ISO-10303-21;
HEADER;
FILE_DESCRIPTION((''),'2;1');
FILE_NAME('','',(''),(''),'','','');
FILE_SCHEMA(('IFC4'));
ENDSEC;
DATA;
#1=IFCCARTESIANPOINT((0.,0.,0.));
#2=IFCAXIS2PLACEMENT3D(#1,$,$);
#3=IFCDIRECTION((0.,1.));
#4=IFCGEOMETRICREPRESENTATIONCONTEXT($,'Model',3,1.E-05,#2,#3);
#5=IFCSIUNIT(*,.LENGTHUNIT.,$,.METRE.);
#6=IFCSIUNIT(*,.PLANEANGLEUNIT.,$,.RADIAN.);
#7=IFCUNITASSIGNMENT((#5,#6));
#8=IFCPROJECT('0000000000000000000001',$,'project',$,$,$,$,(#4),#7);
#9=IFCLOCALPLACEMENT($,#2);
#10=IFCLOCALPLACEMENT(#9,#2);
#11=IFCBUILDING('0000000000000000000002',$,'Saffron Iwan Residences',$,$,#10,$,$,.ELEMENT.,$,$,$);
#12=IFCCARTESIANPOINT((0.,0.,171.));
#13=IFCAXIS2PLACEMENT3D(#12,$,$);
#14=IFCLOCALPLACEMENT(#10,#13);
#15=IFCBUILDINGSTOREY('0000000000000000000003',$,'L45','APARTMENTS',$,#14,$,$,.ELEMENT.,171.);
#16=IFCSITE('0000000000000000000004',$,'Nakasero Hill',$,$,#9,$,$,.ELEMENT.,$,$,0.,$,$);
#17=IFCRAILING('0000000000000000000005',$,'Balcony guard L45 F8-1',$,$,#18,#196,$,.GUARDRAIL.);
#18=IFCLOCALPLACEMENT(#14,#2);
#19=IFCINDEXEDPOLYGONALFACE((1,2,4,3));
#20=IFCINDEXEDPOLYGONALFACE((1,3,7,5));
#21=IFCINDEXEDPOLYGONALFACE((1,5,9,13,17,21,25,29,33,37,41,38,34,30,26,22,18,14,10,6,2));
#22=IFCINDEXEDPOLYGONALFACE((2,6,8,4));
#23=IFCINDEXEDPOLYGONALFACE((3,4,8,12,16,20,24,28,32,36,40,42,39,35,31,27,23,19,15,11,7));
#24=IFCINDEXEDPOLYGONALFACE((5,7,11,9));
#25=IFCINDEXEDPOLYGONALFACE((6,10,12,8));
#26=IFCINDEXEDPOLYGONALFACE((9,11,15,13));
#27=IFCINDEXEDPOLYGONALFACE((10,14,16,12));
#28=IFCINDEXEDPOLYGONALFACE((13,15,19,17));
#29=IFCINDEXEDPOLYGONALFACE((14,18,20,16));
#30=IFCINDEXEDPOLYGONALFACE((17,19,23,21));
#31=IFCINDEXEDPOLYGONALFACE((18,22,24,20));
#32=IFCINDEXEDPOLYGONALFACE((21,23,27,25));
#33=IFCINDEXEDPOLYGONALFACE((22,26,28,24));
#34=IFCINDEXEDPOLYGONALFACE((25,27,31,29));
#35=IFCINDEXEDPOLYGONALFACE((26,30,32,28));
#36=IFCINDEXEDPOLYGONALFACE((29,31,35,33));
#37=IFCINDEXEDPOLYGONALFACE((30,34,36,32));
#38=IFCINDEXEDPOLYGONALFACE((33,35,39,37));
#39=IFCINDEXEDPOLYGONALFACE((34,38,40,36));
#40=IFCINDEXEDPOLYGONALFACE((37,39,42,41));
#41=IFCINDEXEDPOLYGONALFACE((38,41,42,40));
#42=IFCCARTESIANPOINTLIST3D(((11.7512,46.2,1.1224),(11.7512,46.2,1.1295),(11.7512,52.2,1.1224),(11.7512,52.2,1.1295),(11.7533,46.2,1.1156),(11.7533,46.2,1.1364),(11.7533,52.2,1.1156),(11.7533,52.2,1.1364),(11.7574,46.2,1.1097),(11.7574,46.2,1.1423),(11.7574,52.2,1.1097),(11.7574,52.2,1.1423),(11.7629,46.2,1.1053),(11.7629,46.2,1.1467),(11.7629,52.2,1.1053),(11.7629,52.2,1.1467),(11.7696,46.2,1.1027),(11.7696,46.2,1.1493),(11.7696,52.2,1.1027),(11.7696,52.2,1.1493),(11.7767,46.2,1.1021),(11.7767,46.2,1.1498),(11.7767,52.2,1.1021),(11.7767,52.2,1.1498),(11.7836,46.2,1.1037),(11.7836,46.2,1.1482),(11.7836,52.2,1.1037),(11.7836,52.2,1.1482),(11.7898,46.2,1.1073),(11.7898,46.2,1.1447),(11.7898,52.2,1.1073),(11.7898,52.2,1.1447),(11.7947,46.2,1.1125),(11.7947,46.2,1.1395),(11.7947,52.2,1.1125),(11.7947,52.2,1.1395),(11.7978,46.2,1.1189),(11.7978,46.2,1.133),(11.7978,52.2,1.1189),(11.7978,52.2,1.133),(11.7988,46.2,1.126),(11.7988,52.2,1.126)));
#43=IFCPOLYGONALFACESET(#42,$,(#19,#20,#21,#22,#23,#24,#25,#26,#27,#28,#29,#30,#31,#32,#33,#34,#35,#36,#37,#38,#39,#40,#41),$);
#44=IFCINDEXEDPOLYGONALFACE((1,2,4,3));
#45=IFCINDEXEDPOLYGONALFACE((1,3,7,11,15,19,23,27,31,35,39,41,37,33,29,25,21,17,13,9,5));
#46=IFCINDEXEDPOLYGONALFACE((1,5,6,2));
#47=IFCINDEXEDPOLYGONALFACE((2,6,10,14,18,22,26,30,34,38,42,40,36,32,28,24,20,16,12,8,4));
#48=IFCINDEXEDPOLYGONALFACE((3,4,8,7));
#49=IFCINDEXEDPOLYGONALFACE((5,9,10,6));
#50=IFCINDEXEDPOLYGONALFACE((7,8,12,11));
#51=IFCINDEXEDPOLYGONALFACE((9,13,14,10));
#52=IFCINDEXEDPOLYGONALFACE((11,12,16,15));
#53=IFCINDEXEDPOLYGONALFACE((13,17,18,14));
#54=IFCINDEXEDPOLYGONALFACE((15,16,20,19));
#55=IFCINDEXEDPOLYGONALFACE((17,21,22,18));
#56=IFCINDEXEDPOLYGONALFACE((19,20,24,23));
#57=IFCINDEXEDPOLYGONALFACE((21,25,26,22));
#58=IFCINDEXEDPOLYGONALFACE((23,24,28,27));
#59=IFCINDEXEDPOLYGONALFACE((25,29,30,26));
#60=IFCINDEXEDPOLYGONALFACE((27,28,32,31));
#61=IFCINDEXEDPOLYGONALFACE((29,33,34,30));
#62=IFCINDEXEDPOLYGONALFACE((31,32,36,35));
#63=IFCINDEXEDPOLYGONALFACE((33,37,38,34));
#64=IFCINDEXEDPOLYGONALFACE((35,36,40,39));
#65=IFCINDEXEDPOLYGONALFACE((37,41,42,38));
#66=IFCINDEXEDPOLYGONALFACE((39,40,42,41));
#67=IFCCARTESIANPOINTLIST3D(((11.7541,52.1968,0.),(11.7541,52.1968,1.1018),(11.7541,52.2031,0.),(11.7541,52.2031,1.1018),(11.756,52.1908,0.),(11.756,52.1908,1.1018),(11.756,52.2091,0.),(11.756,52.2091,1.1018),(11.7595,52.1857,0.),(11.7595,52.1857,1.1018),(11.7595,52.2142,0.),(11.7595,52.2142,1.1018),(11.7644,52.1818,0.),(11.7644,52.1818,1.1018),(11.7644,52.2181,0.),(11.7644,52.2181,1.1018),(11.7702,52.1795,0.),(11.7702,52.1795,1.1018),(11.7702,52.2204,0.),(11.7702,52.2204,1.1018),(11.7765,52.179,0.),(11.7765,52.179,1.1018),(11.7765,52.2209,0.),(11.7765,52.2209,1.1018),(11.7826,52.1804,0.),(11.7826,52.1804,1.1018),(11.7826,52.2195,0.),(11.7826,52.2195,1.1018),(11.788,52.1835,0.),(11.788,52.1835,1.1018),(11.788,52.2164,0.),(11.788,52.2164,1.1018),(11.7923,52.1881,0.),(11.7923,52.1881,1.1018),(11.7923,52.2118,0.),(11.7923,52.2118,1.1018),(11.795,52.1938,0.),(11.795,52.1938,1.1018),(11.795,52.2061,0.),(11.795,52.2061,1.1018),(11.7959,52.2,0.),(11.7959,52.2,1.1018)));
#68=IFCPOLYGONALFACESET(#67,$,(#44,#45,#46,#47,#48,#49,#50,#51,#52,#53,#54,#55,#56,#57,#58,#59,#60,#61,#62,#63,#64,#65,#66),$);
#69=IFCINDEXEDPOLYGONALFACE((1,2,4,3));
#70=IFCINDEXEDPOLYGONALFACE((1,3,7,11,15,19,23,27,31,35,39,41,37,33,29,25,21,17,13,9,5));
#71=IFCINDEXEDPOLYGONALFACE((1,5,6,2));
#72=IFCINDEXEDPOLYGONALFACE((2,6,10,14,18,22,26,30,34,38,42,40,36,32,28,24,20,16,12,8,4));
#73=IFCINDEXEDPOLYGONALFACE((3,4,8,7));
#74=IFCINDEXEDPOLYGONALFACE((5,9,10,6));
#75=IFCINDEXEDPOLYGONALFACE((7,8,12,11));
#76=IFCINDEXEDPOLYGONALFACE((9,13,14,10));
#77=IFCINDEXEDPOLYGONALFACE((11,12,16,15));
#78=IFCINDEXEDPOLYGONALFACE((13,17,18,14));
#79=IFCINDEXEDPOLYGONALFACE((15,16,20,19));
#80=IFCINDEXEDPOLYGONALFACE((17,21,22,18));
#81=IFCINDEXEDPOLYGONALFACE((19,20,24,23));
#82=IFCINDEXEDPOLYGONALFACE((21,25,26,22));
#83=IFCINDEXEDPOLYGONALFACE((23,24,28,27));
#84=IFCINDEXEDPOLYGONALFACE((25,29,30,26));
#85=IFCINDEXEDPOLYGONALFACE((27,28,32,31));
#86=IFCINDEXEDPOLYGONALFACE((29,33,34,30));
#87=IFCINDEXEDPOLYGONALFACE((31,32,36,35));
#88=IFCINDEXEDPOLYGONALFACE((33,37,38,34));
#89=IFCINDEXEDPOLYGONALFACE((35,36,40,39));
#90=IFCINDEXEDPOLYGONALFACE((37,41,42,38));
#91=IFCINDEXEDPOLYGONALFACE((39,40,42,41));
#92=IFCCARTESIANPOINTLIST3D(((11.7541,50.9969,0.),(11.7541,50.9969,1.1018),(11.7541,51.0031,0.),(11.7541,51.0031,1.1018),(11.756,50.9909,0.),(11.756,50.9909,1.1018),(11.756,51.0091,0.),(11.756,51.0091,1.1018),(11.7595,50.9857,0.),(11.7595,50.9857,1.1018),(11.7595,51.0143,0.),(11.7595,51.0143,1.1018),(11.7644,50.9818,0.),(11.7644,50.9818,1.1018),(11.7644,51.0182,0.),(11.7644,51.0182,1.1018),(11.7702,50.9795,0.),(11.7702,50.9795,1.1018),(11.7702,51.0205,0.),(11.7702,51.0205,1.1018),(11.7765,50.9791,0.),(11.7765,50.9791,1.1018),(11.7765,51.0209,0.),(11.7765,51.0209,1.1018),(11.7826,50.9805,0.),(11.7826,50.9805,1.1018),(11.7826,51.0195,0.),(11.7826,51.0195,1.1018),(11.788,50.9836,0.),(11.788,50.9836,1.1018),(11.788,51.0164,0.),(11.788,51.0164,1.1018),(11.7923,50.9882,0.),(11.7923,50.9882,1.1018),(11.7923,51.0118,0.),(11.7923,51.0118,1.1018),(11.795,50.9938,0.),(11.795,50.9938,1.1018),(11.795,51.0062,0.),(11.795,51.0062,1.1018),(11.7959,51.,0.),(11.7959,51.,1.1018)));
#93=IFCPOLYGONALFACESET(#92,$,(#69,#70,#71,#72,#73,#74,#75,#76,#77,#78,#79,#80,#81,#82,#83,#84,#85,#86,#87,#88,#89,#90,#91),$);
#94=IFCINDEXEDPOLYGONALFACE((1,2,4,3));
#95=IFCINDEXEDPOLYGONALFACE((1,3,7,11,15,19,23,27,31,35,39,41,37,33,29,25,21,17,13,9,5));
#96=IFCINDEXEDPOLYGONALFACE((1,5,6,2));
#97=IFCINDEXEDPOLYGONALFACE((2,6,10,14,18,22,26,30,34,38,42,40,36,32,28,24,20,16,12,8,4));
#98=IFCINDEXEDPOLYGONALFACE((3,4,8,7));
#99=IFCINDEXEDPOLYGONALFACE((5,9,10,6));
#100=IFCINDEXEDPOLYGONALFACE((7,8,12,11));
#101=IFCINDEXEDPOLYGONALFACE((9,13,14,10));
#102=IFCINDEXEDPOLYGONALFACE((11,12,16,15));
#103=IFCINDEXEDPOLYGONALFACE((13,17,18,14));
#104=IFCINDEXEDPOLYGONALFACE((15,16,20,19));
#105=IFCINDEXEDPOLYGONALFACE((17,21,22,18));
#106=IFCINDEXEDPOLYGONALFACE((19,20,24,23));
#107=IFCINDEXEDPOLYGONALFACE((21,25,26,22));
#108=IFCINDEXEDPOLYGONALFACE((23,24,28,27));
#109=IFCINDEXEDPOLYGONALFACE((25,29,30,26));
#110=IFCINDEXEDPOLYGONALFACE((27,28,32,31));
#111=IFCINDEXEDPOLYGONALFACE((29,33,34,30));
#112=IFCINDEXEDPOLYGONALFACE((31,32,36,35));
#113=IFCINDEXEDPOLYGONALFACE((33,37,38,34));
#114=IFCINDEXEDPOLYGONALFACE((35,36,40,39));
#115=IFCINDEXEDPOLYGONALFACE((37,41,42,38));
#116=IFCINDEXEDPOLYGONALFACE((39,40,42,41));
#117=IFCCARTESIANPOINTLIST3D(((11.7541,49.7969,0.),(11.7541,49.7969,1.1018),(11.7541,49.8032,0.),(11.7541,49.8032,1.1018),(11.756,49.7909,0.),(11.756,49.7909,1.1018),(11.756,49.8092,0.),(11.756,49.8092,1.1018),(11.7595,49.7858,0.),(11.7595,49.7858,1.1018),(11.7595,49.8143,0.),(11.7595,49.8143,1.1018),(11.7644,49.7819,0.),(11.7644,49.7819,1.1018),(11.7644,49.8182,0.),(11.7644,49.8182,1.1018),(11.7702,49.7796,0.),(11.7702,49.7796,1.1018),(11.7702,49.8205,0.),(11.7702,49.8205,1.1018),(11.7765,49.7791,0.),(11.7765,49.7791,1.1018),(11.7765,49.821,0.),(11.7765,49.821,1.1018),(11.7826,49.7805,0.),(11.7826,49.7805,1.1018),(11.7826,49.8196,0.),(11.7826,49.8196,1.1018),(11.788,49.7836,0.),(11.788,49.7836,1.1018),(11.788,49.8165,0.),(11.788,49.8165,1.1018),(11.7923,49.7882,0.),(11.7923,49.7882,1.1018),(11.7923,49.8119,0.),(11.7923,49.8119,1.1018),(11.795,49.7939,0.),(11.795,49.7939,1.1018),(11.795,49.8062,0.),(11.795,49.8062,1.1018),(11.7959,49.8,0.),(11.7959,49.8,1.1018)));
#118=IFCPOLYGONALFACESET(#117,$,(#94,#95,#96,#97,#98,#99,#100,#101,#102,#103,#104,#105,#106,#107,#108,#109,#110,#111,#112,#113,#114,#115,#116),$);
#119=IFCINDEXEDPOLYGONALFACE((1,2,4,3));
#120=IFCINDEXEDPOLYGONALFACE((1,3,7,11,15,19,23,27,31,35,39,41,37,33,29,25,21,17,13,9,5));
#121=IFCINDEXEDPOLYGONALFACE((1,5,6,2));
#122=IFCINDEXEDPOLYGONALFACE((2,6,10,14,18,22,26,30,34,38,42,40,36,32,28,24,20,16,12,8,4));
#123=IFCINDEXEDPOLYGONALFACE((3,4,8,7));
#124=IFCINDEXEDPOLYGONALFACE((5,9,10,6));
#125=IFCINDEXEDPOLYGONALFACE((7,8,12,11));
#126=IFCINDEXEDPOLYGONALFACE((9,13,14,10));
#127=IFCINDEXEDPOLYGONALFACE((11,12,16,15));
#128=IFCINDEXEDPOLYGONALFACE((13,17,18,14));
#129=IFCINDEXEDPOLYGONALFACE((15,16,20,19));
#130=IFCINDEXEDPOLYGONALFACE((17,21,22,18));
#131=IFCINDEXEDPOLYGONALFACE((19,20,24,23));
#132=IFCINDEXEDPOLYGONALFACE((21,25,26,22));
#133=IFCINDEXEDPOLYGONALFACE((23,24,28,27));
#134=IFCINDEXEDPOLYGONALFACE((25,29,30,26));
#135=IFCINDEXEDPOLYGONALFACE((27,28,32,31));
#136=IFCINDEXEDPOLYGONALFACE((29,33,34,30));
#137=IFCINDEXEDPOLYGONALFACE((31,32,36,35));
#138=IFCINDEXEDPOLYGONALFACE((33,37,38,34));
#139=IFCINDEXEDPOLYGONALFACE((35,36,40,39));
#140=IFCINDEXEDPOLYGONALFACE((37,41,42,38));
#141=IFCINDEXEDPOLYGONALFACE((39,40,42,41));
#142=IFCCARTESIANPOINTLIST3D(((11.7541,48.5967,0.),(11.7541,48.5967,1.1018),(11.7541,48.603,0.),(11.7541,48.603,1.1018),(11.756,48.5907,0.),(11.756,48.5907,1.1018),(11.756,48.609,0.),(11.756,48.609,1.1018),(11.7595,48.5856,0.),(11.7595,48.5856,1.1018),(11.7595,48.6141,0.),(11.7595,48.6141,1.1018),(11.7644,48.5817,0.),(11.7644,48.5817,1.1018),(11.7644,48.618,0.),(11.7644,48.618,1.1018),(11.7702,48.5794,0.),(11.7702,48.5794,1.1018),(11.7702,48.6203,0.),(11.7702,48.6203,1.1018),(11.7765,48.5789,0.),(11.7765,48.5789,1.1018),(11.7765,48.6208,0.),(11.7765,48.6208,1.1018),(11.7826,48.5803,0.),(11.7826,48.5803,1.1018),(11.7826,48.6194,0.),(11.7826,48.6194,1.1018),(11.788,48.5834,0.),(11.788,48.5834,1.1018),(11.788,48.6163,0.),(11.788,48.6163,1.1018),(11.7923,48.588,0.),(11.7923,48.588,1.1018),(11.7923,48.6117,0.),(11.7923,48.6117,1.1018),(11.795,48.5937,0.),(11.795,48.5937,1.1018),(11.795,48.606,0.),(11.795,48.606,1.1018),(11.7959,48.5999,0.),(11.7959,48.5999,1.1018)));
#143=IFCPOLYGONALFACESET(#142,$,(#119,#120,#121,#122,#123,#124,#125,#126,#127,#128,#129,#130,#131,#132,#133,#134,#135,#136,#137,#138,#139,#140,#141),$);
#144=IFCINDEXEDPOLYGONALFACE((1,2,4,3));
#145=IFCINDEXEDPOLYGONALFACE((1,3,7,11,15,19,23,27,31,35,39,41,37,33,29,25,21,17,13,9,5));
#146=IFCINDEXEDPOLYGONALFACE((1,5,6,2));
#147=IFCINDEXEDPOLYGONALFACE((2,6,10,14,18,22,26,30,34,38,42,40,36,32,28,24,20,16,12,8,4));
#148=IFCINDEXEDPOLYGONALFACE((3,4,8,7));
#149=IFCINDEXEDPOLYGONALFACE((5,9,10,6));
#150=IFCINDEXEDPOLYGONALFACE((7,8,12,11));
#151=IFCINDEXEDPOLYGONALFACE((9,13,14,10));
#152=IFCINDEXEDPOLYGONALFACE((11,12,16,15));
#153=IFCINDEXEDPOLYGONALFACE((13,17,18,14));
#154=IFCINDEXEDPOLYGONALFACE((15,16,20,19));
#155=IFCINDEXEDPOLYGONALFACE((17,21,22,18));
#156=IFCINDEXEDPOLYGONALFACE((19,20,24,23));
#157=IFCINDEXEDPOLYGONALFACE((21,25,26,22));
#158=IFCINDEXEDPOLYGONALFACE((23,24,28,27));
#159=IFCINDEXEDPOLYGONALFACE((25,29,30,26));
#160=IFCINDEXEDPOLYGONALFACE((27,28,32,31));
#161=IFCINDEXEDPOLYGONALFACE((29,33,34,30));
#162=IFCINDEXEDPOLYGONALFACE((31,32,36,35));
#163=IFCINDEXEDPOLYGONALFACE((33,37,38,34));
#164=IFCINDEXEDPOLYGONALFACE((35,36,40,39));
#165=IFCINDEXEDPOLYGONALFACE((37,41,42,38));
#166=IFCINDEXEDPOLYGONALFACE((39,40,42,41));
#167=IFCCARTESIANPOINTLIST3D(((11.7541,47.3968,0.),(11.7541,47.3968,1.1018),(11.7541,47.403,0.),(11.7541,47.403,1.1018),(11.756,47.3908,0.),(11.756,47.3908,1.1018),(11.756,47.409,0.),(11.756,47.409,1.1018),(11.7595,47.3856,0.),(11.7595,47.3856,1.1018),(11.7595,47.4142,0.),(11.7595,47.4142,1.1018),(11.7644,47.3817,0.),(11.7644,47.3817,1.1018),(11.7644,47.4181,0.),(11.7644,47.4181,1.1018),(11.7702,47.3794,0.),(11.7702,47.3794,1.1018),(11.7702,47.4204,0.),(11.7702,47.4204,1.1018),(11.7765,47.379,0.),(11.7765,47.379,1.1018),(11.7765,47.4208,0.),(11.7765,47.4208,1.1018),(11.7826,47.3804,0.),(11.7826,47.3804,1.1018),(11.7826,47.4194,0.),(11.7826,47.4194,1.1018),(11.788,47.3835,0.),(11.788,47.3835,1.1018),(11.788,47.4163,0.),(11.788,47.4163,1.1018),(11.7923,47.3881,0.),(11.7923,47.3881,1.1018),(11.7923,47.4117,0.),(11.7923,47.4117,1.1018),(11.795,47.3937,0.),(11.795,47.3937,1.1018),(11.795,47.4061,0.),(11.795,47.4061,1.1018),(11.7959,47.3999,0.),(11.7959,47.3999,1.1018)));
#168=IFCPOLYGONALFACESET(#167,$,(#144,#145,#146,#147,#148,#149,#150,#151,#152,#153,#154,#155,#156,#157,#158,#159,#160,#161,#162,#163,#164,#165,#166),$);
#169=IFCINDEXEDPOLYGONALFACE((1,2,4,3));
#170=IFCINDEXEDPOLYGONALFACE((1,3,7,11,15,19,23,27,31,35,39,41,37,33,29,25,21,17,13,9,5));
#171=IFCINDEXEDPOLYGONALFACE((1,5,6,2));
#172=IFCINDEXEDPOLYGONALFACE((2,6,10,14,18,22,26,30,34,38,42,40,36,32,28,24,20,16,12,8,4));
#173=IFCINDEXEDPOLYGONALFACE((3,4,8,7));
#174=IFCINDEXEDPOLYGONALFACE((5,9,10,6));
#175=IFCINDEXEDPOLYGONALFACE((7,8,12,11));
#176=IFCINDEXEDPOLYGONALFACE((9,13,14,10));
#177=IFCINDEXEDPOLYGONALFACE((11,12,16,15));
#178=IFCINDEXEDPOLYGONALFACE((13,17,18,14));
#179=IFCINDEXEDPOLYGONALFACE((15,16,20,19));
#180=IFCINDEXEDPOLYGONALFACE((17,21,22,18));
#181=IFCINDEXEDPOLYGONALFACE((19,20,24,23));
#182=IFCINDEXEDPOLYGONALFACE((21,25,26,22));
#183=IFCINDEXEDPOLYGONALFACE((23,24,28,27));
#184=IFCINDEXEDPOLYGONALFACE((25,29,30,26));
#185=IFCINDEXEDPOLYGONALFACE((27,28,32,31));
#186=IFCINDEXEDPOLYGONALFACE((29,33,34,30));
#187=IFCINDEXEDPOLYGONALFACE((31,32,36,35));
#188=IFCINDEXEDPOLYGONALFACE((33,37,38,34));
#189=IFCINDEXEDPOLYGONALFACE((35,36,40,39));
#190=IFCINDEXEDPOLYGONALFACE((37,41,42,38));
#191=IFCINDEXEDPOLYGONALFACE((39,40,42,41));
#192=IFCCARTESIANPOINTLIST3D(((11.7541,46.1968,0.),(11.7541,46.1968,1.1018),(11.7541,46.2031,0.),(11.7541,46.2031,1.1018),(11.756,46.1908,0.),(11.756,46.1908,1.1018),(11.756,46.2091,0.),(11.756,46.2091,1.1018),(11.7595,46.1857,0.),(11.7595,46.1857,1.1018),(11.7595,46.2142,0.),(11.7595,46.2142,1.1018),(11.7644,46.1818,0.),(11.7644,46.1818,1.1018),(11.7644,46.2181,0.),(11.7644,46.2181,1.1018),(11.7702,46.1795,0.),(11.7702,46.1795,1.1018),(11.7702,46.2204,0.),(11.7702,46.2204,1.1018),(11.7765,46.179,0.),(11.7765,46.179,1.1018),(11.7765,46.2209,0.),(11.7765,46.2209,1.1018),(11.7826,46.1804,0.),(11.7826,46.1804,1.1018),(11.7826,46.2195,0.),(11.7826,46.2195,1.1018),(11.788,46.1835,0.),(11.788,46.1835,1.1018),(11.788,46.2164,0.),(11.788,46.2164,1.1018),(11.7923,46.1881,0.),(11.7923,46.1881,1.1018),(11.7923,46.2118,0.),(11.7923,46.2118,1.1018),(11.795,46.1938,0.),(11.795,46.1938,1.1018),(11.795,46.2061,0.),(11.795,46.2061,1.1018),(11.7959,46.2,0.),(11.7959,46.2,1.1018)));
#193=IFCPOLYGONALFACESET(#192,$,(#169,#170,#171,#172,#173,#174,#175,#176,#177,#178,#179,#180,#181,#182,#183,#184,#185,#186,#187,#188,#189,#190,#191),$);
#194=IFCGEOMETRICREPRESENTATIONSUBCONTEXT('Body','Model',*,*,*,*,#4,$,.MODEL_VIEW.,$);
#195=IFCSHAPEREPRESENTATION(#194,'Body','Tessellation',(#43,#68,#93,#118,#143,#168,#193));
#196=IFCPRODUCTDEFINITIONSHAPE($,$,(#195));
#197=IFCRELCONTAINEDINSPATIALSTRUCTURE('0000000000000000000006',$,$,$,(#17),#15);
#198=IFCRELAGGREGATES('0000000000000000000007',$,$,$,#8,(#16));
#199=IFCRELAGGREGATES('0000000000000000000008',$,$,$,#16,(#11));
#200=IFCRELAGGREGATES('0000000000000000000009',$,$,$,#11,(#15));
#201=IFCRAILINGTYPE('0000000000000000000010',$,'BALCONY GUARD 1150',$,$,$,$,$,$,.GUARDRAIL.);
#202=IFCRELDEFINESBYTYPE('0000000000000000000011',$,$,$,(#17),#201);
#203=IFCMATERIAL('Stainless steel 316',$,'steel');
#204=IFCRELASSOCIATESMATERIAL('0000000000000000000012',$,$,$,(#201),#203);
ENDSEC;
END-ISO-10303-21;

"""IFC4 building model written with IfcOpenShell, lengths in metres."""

from ifc_helpers import new_model, si_unit, direction, frame, origin, origin_2d, place, context, subcontext, project, spatial, circle, extrude, material, type_object, element, save


model = new_model("IFC4")

# Units and contexts
model_context = context("Model", 3, precision=1e-05, world=origin(), true_north=direction((0.0, 1.0)))
body_context = subcontext(model_context, "Body", "Model", "MODEL_VIEW")
ifc_project = project(units=[si_unit("LENGTHUNIT", "METRE"), si_unit("PLANEANGLEUNIT", "RADIAN")], contexts=[model_context])

# Site, building, storey
site_placement = place(None, origin())
site = spatial("IfcSite", under=ifc_project, at=site_placement, Name="Nakasero Hill", CompositionType="ELEMENT", RefElevation=0.0)
building_placement = place(site_placement, origin())
building = spatial("IfcBuilding", under=site, at=building_placement, Name="Saffron Iwan Residences", CompositionType="ELEMENT")
storey_placement = place(building_placement, frame((0.0, 0.0, 171.0)))
storey = spatial("IfcBuildingStorey", under=building, at=storey_placement, Name="L45", Description="APARTMENTS", CompositionType="ELEMENT", Elevation=171.0)

# Railing
ifc_material_1 = material(Name="Stainless steel 316", Category="steel")
railing_type = type_object("IfcRailingType", Name="BALCONY GUARD 1150", PredefinedType="GUARDRAIL", material=ifc_material_1)
for number, where, name in (
    (1, (11.7749, 52.2, 0.0), "Balcony guard L45 F8-1"),
):
    element("IfcRailing", number, at=place(storey_placement, frame(where)), inside=storey, type_object=railing_type, Name=name, PredefinedType="GUARDRAIL", context=body_context, shape_type="SweptSolid", body=[
        extrude(circle(Radius=0.0239, at=origin_2d()), frame((0.0, 0.0, 1.126), z_axis=(0.0, -1.0, 0.0), x_axis=(1.0, 0.0, 0.0)), (0.0, 0.0, 1.0), 6.0),
        extrude(circle(Radius=0.021, at=origin_2d()), origin(), (0.0, 0.0, 1.0), 1.1018),
        extrude(circle(Radius=0.021, at=origin_2d()), frame((0.0, -1.2, 0.0)), (0.0, 0.0, 1.0), 1.1018),
        extrude(circle(Radius=0.021, at=origin_2d()), frame((0.0, -2.3999, 0.0)), (0.0, 0.0, 1.0), 1.1018),
        extrude(circle(Radius=0.021, at=origin_2d()), frame((0.0, -3.6001, 0.0)), (0.0, 0.0, 1.0), 1.1018),
        extrude(circle(Radius=0.021, at=origin_2d()), frame((0.0, -4.8, 0.0)), (0.0, 0.0, 1.0), 1.1018),
        extrude(circle(Radius=0.021, at=origin_2d()), frame((0.0, -6.0, 0.0)), (0.0, 0.0, 1.0), 1.1018),
    ])

save(model, "model.ifc")
